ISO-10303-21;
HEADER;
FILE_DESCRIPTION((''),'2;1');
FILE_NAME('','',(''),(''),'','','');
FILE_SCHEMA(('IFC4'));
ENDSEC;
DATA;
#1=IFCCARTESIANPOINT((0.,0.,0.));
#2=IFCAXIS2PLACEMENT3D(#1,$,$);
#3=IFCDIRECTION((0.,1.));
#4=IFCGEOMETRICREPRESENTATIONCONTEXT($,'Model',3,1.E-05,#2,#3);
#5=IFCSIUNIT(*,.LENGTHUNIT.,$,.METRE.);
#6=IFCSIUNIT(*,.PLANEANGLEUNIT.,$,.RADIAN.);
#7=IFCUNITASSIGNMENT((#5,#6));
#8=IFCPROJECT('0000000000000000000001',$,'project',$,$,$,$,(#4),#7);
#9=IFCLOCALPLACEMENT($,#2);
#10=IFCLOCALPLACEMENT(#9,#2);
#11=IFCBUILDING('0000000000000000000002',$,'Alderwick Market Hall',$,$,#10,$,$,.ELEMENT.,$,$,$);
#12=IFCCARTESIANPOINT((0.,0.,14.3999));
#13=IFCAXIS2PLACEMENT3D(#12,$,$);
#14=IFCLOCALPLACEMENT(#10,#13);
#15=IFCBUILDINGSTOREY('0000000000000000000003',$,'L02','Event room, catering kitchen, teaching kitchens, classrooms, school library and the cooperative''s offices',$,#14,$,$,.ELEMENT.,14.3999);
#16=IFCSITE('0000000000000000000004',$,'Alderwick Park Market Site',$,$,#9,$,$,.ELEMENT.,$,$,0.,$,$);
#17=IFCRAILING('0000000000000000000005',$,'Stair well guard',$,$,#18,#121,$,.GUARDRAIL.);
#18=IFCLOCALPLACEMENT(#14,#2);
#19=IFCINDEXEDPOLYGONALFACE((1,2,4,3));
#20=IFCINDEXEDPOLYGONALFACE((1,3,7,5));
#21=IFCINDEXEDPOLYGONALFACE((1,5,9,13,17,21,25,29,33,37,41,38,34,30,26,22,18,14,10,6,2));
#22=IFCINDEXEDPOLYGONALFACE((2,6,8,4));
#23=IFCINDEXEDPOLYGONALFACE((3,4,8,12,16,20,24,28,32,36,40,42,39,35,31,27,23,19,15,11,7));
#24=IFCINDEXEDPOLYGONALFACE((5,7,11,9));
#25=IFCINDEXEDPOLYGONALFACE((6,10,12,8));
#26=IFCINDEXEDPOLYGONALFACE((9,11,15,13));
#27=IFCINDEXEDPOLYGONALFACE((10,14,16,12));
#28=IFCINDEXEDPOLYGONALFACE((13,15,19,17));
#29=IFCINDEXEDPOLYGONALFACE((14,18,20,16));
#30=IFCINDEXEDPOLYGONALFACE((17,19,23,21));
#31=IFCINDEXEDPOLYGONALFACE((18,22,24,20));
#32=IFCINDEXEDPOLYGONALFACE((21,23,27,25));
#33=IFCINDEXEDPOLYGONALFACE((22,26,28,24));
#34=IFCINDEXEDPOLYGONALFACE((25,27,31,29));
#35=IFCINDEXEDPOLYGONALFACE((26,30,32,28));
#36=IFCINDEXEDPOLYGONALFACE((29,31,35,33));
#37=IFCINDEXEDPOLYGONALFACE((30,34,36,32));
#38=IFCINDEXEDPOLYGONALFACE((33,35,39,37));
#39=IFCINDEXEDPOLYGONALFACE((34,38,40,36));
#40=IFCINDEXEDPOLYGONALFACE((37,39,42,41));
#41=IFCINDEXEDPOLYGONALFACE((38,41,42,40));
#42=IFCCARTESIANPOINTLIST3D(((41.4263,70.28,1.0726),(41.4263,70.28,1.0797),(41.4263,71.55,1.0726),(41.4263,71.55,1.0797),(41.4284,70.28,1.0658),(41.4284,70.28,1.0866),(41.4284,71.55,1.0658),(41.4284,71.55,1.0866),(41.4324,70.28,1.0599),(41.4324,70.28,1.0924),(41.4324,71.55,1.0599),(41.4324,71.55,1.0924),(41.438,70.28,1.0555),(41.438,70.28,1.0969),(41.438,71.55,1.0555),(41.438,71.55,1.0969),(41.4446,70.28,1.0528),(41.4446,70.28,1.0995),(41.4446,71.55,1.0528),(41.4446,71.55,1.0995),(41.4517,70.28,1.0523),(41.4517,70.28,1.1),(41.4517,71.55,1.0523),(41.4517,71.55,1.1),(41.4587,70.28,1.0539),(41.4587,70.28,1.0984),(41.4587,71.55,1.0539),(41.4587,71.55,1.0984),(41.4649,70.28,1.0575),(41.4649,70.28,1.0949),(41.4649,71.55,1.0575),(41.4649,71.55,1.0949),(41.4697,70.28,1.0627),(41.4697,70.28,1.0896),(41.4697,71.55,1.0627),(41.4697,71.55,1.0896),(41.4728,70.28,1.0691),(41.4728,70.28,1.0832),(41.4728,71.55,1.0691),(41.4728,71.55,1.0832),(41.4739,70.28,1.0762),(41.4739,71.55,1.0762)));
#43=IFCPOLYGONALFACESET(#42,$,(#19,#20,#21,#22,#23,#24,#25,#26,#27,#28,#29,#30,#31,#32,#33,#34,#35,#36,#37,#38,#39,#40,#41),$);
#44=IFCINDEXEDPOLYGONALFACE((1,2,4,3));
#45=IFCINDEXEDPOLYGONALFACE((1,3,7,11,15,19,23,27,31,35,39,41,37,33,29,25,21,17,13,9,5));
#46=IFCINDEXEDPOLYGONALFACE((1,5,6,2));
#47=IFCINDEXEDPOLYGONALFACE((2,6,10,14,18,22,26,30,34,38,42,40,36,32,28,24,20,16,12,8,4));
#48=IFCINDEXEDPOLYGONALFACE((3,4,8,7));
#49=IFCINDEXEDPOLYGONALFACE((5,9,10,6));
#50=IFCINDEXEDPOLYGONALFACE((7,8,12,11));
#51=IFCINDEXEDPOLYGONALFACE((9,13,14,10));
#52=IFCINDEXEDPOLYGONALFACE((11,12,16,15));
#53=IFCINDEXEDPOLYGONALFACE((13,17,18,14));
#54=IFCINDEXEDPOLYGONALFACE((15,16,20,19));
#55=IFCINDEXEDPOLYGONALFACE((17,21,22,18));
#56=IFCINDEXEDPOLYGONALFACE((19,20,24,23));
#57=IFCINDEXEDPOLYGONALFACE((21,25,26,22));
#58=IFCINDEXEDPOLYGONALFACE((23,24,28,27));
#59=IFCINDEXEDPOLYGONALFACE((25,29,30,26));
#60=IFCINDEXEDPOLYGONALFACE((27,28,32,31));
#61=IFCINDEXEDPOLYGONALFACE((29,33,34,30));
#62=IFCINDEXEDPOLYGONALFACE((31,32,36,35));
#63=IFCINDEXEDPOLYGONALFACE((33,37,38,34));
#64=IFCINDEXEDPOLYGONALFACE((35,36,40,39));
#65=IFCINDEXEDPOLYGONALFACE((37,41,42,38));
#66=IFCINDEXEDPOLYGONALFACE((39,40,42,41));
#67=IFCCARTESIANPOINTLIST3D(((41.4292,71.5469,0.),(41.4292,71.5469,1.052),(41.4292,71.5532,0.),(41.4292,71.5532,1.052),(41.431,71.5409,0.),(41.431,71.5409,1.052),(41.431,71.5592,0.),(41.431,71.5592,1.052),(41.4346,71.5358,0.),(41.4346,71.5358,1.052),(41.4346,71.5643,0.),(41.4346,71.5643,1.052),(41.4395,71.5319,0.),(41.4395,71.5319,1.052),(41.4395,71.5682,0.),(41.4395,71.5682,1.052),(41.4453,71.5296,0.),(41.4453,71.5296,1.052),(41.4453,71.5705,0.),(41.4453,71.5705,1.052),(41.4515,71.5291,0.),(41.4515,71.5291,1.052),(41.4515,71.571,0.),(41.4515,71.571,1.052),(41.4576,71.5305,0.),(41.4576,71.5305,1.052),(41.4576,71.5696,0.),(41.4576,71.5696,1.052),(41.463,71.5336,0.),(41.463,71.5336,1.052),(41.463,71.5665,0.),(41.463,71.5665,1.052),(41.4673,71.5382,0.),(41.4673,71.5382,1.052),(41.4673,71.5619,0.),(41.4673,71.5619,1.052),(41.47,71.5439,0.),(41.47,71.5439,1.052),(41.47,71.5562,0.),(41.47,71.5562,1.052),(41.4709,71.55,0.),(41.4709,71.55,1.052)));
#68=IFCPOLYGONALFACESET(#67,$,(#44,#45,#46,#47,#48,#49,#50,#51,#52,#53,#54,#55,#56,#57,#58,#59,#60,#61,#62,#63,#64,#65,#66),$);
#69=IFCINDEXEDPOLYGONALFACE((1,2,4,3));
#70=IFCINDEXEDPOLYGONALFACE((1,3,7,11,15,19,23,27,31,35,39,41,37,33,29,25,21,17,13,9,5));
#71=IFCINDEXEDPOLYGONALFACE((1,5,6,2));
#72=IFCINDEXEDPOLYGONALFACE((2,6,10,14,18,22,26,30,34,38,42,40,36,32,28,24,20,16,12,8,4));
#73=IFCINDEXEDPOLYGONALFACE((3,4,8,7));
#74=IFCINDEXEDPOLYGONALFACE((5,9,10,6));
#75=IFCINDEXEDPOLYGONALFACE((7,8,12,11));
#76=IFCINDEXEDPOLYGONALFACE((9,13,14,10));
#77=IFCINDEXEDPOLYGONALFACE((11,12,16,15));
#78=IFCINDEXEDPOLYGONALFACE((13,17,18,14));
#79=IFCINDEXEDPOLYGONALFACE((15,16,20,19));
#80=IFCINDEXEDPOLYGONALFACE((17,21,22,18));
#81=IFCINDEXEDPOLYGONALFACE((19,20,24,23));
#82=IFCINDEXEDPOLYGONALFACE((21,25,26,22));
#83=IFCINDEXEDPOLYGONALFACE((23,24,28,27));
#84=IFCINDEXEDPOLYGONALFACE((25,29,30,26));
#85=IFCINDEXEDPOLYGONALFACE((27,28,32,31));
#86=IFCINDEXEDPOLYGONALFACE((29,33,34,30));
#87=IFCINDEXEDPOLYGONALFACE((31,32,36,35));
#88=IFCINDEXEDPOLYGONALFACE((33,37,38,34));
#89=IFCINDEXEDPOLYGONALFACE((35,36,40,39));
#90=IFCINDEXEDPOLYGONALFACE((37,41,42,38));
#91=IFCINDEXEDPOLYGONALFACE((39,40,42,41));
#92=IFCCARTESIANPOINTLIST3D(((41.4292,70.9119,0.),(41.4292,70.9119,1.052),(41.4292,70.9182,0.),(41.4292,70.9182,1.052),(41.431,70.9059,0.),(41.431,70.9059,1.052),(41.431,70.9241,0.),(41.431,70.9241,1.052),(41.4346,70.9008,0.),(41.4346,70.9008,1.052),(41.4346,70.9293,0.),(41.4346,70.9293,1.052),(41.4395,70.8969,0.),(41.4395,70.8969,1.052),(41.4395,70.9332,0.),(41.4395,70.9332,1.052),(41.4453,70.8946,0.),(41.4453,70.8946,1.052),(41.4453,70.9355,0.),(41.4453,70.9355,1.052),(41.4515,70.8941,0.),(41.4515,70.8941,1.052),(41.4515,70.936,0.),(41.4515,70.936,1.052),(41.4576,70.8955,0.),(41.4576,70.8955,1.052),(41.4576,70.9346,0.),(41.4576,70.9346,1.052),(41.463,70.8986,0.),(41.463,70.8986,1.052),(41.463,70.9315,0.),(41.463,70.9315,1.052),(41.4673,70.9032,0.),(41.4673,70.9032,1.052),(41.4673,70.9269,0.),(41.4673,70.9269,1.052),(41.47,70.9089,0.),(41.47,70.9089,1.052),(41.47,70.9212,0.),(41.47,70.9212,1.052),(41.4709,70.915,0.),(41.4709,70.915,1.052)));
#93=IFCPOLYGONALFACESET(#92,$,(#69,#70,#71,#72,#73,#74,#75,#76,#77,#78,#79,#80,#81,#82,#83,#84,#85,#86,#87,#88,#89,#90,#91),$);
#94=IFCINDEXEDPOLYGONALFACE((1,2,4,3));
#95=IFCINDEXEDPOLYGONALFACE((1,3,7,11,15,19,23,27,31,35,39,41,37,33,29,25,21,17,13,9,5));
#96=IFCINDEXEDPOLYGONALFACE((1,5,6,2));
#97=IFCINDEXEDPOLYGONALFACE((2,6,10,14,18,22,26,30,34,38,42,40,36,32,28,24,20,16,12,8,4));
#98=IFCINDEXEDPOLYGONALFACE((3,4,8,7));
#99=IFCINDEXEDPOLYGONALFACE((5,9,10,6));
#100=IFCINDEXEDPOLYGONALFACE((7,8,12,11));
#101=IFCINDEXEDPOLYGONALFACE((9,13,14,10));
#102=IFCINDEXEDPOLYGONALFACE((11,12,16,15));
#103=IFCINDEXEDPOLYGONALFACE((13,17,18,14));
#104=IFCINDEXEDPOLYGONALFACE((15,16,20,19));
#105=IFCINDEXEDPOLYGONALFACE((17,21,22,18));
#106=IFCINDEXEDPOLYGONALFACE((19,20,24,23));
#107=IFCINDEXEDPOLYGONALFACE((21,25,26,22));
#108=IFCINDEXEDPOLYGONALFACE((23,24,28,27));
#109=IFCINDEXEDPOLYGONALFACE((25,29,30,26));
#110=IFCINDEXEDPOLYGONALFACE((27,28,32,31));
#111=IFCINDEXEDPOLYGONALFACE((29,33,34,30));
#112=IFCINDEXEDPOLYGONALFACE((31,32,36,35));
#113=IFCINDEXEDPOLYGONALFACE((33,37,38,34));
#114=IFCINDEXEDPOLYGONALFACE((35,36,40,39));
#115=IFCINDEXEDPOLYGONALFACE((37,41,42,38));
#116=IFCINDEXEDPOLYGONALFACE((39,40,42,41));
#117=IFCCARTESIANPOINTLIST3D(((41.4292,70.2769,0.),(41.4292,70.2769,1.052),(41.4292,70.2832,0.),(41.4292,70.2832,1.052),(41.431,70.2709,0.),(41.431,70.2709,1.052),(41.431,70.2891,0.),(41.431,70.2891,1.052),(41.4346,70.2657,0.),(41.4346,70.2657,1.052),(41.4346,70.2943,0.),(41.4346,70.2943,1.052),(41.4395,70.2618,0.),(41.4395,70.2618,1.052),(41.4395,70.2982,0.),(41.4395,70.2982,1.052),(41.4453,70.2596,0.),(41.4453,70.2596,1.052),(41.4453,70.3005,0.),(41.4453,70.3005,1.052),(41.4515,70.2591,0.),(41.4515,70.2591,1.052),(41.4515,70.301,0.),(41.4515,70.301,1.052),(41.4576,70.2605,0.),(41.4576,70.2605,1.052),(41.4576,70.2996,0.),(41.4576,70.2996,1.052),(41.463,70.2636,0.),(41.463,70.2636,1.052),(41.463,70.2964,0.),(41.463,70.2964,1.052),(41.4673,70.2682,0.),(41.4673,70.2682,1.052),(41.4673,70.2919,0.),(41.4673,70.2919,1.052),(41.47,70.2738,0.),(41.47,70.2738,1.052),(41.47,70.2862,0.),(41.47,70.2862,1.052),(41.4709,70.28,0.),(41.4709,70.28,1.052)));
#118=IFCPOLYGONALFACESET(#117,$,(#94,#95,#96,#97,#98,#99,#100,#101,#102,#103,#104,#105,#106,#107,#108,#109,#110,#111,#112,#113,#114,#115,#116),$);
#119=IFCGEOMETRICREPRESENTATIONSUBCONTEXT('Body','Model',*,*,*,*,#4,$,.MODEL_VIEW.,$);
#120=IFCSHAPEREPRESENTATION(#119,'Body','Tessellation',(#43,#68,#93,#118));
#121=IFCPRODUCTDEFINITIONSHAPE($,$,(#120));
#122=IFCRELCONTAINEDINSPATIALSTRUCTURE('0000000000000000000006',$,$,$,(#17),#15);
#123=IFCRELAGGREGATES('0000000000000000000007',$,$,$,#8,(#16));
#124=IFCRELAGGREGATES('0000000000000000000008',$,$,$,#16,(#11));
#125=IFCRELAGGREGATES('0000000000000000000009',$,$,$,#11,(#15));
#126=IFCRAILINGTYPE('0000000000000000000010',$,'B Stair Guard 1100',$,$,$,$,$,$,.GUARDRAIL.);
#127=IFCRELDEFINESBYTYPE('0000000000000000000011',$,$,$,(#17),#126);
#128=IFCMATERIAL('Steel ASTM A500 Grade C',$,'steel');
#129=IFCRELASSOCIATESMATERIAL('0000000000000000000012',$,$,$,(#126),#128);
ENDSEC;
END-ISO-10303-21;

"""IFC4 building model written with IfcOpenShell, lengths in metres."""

from ifc_helpers import new_model, si_unit, direction, frame, origin, origin_2d, place, context, subcontext, project, spatial, circle, extrude, material, type_object, element, save


model = new_model("IFC4")

# Units and contexts
model_context = context("Model", 3, precision=1e-05, world=origin(), true_north=direction((0.0, 1.0)))
body_context = subcontext(model_context, "Body", "Model", "MODEL_VIEW")
ifc_project = project(units=[si_unit("LENGTHUNIT", "METRE"), si_unit("PLANEANGLEUNIT", "RADIAN")], contexts=[model_context])

# Site, building, storey
site_placement = place(None, origin())
site = spatial("IfcSite", under=ifc_project, at=site_placement, Name="Alderwick Park Market Site", CompositionType="ELEMENT", RefElevation=0.0)
building_placement = place(site_placement, origin())
building = spatial("IfcBuilding", under=site, at=building_placement, Name="Alderwick Market Hall", CompositionType="ELEMENT")
storey_placement = place(building_placement, frame((0.0, 0.0, 14.3999)))
storey = spatial("IfcBuildingStorey", under=building, at=storey_placement, Name="L02", Description="Event room, catering kitchen, teaching kitchens, classrooms, school library and the cooperative's offices", CompositionType="ELEMENT", Elevation=14.3999)

# Railing
ifc_material_1 = material(Name="Steel ASTM A500 Grade C", Category="steel")
railing_type = type_object("IfcRailingType", Name="B Stair Guard 1100", PredefinedType="GUARDRAIL", material=ifc_material_1)
railing_placement = place(storey_placement, frame((41.45, 71.55, 0.0)))
element("IfcRailing", 1, at=railing_placement, inside=storey, type_object=railing_type, Name="Stair well guard", PredefinedType="GUARDRAIL", context=body_context, shape_type="SweptSolid", body=[
    extrude(circle(Radius=0.0239, at=origin_2d()), frame((0.0, 0.0, 1.0762), z_axis=(0.0, -1.0, 0.0), x_axis=(1.0, 0.0, 0.0)), (0.0, 0.0, 1.0), 1.27),
    extrude(circle(Radius=0.021, at=origin_2d()), origin(), (0.0, 0.0, 1.0), 1.052),
    extrude(circle(Radius=0.021, at=origin_2d()), frame((0.0, -0.635, 0.0)), (0.0, 0.0, 1.0), 1.052),
    extrude(circle(Radius=0.021, at=origin_2d()), frame((0.0, -1.27, 0.0)), (0.0, 0.0, 1.0), 1.052),
])

save(model, "model.ifc")
